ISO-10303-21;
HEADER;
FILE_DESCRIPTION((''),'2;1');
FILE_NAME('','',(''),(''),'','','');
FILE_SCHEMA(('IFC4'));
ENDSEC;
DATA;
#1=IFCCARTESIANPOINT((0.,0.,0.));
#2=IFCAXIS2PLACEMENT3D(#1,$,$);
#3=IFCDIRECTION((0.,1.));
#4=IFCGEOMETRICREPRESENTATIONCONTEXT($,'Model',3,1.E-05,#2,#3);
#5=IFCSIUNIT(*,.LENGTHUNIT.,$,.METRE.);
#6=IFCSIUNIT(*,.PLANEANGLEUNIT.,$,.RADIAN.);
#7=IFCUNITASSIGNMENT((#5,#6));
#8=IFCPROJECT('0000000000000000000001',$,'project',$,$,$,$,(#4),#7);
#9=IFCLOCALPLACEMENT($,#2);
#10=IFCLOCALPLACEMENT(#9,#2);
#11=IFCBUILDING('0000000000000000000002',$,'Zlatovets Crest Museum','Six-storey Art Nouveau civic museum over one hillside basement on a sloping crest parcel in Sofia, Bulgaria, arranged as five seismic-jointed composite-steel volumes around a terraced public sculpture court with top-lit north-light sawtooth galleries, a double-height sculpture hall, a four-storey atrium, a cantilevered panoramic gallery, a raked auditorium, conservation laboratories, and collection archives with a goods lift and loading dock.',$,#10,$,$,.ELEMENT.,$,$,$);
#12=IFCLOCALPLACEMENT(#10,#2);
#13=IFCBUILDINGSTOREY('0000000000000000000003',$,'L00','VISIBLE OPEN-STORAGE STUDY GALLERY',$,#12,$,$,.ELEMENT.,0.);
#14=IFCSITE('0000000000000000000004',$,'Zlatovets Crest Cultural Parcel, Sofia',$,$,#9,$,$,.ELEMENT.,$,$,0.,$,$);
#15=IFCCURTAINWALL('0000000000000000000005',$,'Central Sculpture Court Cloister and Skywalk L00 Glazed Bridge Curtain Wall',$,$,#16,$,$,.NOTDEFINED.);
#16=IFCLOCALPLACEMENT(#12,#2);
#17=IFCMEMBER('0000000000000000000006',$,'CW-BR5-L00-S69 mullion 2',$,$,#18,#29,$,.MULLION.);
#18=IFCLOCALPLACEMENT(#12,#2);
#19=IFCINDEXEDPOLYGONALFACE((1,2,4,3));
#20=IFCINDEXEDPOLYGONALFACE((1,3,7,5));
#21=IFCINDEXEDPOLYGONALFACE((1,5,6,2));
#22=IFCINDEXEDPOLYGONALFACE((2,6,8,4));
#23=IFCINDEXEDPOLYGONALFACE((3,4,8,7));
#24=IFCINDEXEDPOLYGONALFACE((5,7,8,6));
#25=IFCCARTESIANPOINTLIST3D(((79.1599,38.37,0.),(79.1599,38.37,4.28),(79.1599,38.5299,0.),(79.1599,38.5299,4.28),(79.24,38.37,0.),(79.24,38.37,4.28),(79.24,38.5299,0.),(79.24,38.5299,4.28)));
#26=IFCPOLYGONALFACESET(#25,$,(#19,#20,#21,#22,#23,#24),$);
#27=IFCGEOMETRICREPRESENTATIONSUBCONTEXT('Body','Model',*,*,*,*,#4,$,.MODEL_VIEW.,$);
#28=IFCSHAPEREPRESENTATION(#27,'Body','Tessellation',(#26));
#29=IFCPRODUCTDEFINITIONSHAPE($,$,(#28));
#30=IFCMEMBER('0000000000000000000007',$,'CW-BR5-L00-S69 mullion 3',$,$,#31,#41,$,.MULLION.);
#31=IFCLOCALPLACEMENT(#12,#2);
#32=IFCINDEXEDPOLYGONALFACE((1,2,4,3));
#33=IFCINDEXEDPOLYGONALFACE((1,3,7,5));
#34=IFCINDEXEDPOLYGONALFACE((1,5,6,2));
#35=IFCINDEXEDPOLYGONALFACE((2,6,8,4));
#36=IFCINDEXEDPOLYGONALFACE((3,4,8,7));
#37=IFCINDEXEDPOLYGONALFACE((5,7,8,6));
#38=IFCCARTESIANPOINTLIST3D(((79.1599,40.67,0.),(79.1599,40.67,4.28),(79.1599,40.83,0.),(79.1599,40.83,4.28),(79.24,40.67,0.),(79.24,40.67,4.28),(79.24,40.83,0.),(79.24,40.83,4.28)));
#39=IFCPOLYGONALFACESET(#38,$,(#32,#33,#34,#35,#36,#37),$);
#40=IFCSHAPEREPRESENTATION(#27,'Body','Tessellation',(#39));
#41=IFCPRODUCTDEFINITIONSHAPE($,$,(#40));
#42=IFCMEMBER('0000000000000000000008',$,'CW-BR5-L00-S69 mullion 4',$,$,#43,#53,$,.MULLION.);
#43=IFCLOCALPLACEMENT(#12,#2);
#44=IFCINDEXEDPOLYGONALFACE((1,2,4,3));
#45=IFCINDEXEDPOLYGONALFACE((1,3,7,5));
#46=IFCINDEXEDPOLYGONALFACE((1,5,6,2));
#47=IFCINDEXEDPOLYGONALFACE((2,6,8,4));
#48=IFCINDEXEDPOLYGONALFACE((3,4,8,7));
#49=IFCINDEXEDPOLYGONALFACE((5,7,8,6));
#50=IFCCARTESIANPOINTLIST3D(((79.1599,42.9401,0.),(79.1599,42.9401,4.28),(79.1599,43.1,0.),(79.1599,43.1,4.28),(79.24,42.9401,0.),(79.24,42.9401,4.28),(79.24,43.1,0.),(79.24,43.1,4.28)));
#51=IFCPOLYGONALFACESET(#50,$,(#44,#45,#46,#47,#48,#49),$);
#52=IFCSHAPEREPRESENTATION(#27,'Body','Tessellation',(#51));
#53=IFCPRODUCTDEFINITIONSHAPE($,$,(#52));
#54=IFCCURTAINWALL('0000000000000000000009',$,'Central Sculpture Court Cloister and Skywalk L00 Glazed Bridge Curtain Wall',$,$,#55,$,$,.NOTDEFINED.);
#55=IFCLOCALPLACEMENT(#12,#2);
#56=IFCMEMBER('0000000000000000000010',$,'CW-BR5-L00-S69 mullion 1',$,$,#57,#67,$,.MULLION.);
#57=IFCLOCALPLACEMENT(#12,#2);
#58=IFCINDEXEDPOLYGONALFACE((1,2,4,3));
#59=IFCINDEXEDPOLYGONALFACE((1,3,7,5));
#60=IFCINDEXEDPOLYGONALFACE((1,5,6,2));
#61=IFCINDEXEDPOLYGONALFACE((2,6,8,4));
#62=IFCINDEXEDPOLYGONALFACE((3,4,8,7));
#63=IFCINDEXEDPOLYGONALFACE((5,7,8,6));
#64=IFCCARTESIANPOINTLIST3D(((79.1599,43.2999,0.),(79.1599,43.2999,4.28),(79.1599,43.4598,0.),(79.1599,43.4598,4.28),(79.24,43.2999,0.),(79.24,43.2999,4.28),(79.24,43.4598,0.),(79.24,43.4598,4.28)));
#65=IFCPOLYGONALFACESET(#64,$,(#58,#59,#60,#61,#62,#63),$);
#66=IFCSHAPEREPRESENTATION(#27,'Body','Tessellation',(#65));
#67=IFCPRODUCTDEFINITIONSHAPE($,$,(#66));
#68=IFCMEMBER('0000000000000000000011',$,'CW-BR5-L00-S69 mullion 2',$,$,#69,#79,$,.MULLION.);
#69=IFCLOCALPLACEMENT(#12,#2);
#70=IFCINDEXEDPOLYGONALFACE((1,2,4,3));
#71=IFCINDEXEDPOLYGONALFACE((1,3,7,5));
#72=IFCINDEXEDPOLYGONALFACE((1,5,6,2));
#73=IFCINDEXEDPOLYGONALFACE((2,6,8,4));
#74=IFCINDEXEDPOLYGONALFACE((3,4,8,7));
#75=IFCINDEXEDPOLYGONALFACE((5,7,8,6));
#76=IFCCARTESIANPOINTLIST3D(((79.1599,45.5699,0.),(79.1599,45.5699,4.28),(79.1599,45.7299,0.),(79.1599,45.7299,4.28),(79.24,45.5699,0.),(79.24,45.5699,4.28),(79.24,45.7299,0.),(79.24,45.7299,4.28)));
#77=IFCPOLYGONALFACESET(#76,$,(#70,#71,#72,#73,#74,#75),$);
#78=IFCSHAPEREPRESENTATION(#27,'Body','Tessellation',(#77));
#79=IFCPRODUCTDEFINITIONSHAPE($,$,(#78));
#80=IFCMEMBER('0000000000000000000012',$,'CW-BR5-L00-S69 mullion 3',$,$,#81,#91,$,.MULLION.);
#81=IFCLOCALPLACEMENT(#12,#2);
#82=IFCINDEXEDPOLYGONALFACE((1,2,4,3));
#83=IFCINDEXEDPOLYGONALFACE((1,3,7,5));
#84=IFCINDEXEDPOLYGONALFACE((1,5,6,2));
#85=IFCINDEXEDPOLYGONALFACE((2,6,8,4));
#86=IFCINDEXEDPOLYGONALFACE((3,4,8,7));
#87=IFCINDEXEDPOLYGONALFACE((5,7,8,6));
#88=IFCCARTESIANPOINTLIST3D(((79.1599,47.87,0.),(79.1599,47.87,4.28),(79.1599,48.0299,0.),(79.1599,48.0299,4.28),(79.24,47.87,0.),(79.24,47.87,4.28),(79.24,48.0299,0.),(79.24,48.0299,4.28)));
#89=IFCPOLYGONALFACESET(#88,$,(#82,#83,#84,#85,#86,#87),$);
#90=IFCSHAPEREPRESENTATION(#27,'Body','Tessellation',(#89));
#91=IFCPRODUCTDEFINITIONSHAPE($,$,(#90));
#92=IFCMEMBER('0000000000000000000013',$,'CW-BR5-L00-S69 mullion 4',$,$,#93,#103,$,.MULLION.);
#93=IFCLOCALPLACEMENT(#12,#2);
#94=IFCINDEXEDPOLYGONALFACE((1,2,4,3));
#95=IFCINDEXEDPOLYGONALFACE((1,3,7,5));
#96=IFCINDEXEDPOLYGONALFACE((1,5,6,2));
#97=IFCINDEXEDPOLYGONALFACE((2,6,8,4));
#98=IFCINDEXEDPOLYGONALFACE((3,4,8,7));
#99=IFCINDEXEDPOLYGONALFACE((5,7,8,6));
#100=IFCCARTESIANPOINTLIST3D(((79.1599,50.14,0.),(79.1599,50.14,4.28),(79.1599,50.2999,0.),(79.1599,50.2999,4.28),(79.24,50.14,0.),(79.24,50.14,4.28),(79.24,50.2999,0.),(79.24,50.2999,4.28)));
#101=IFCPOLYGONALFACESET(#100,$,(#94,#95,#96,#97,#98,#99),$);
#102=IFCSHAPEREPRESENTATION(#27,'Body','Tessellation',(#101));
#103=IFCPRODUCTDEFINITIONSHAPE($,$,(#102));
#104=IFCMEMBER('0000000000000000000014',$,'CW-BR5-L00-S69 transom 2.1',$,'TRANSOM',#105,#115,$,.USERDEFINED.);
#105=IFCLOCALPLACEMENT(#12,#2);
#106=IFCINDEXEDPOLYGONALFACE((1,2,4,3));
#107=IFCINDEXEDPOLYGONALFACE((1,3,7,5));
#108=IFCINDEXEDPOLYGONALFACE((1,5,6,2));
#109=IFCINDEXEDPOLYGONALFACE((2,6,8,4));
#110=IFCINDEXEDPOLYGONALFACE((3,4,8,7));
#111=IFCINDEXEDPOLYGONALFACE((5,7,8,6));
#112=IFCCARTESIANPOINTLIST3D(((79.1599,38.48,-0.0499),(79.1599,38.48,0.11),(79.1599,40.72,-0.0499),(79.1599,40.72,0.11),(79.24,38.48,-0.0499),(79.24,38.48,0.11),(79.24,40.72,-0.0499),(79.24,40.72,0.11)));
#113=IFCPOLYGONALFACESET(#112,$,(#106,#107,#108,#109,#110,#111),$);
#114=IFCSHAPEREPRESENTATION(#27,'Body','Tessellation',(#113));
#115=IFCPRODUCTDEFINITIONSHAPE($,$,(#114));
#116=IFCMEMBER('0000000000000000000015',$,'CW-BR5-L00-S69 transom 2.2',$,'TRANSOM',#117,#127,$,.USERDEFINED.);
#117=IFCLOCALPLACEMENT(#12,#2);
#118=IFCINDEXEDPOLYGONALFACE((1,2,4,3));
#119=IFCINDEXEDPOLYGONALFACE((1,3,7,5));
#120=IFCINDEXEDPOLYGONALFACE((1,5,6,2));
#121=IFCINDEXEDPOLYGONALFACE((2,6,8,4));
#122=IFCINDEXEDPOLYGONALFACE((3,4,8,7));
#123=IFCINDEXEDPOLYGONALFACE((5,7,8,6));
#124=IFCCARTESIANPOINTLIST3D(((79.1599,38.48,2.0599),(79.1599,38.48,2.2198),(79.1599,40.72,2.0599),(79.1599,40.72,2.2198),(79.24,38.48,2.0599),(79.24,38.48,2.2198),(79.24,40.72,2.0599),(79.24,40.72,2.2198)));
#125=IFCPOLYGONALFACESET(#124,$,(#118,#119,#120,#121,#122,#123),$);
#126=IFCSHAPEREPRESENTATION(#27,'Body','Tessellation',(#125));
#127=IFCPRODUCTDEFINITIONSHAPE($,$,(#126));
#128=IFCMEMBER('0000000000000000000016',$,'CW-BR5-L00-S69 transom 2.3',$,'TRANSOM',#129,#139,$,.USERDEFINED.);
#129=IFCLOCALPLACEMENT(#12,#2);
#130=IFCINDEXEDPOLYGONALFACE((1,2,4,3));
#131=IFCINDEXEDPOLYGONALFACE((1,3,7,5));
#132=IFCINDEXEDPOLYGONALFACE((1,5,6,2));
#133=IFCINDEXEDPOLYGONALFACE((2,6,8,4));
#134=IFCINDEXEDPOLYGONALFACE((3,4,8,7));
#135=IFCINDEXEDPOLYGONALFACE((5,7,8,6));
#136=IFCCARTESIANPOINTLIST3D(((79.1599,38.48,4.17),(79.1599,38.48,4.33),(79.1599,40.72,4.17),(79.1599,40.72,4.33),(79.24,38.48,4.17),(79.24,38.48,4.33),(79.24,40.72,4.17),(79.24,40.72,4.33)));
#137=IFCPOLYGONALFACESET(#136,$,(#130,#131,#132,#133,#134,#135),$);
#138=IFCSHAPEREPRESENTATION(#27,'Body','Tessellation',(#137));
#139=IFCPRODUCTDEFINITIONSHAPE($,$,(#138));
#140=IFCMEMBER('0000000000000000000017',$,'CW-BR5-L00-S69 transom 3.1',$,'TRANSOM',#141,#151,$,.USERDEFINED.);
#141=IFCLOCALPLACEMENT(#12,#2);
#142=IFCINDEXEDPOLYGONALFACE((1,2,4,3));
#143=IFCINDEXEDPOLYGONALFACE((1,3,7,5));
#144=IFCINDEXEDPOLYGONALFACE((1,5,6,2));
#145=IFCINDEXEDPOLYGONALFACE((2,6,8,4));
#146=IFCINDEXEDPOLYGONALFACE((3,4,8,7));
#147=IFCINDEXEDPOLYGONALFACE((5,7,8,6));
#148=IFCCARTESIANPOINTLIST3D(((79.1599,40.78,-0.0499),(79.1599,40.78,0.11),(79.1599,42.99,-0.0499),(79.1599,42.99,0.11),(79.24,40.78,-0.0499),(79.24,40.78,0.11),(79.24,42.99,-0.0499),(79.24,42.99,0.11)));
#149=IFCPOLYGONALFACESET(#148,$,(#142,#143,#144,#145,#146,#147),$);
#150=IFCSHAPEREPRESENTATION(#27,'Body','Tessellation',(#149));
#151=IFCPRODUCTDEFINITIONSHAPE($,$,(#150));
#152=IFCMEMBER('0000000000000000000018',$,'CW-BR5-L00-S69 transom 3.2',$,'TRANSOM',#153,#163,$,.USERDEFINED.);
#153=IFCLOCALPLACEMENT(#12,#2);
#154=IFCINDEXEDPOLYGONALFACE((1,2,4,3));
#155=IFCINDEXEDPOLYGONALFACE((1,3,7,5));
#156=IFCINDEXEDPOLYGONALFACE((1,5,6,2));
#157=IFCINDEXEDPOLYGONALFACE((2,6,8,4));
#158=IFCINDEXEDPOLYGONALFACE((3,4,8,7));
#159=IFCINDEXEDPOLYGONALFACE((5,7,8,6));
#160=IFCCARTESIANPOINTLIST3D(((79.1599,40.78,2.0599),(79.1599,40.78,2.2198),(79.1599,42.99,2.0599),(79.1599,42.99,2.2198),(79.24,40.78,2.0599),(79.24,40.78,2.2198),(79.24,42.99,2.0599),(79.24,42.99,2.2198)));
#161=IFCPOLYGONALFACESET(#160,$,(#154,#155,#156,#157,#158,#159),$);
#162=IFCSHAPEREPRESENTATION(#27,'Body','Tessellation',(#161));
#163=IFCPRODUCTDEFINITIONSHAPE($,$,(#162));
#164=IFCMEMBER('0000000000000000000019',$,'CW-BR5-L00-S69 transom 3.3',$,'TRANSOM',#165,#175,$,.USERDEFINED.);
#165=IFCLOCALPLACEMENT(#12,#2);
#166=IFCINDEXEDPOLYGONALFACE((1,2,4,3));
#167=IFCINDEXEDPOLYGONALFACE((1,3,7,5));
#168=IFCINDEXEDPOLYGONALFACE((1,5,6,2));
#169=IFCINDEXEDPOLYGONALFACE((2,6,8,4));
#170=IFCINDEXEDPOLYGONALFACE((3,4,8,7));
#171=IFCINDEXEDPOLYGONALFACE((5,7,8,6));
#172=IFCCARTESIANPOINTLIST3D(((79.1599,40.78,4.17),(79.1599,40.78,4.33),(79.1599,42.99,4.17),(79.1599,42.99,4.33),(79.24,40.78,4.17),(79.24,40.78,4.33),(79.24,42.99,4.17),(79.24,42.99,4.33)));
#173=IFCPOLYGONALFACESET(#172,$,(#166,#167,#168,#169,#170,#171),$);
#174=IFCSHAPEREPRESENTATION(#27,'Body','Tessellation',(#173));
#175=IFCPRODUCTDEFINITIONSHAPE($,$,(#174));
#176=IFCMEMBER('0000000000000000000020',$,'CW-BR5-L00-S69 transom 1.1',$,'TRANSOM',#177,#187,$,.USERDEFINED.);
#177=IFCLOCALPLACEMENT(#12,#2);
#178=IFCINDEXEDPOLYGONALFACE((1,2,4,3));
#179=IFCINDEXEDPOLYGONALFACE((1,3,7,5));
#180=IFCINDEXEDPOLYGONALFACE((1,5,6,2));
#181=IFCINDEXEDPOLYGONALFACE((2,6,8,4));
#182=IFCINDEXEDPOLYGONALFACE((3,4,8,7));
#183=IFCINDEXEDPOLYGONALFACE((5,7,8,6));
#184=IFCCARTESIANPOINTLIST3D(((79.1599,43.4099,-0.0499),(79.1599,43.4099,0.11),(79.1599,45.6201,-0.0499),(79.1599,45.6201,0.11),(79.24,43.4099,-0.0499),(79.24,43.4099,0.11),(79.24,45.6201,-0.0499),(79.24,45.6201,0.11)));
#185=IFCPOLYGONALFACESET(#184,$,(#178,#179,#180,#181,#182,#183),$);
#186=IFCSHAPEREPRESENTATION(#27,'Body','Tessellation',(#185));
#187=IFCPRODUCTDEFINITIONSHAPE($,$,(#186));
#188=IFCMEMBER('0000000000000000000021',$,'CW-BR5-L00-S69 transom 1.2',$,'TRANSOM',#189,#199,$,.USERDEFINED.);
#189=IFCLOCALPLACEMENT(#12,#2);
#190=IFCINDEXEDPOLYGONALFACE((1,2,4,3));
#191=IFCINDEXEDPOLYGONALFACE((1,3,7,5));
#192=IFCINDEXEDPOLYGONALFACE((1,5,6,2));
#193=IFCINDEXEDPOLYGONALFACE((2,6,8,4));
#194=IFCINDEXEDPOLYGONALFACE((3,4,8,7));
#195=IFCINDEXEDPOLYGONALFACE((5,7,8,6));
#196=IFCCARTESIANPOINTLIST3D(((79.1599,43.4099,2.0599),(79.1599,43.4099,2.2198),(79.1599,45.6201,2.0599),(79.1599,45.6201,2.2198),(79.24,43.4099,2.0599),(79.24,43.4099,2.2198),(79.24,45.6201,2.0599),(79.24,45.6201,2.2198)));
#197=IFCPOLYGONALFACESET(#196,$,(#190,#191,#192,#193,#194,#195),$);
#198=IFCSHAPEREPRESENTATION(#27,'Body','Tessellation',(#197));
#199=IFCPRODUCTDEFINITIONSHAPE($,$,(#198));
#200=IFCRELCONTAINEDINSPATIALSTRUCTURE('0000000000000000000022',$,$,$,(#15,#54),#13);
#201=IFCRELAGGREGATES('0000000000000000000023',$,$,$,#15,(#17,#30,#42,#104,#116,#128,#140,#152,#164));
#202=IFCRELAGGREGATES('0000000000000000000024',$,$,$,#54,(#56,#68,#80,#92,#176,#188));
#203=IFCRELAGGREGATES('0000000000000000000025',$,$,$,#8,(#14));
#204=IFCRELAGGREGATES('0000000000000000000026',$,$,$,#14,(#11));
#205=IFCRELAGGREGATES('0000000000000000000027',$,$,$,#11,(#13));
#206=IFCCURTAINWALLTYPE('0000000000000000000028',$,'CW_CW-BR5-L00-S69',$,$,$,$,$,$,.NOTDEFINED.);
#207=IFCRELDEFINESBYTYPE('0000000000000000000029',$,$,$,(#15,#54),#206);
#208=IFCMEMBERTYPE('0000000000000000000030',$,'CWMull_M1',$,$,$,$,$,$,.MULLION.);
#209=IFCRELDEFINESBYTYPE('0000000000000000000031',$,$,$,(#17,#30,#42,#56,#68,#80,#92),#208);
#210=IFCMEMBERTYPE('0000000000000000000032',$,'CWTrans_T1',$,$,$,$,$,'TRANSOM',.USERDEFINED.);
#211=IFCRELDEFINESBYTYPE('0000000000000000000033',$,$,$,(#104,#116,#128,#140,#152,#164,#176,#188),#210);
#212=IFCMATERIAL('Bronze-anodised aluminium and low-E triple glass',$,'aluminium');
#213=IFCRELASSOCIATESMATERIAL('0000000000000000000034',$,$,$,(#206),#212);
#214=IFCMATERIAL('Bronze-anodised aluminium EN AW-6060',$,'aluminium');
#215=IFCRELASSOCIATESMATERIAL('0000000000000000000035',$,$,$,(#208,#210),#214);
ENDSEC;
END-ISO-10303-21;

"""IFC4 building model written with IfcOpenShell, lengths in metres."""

from ifc_helpers import new_model, si_unit, direction, frame, origin, origin_2d, place, context, subcontext, project, spatial, rectangle, extrude, material, material_profile, profile_set, type_object, element, aggregate, save


model = new_model("IFC4")

# Units and contexts
model_context = context("Model", 3, precision=1e-05, world=origin(), true_north=direction((0.0, 1.0)))
body_context = subcontext(model_context, "Body", "Model", "MODEL_VIEW")
ifc_project = project(units=[si_unit("LENGTHUNIT", "METRE"), si_unit("PLANEANGLEUNIT", "RADIAN")], contexts=[model_context])

# Site, building, storey
site_placement = place(None, origin())
site = spatial("IfcSite", under=ifc_project, at=site_placement, Name="Zlatovets Crest Cultural Parcel, Sofia", CompositionType="ELEMENT", RefElevation=0.0)
building_placement = place(site_placement, origin())
building = spatial("IfcBuilding", under=site, at=building_placement, Name="Zlatovets Crest Museum", Description="Six-storey Art Nouveau civic museum over one hillside basement on a sloping crest parcel in Sofia, Bulgaria, arranged as five seismic-jointed composite-steel volumes around a terraced public sculpture court with top-lit north-light sawtooth galleries, a double-height sculpture hall, a four-storey atrium, a cantilevered panoramic gallery, a raked auditorium, conservation laboratories, and collection archives with a goods lift and loading dock.", CompositionType="ELEMENT")
storey_placement = place(building_placement, origin())
storey = spatial("IfcBuildingStorey", under=building, at=storey_placement, Name="L00", Description="VISIBLE OPEN-STORAGE STUDY GALLERY", CompositionType="ELEMENT", Elevation=0.0)

# Curtain walls, members
ifc_material_1 = material(Name="Bronze-anodised aluminium and low-E triple glass", Category="aluminium")
curtain_wall_type = type_object("IfcCurtainWallType", Name="CW_CW-BR5-L00-S69", PredefinedType="NOTDEFINED", material=ifc_material_1)
curtain_wall_1_placement = place(storey_placement, origin())
curtain_wall_1 = element("IfcCurtainWall", 1, at=curtain_wall_1_placement, inside=storey, type_object=curtain_wall_type, Name="Central Sculpture Court Cloister and Skywalk L00 Glazed Bridge Curtain Wall", PredefinedType="NOTDEFINED")
ifc_material_2 = material(Name="Bronze-anodised aluminium EN AW-6060", Category="aluminium")
ifc_material_profile_1 = material_profile(ifc_material_2, rectangle(XDim=0.0801, YDim=0.1599, at=origin_2d()), Name="ALU 80x160")
ifc_profile_set_1 = profile_set([ifc_material_profile_1], Name="Bronze-anodised aluminium EN AW-6060")
member_type_1 = type_object("IfcMemberType", Name="CWMull_M1", PredefinedType="MULLION", material=ifc_profile_set_1)
member_1_placement = place(storey_placement, frame((79.2, 38.45, 0.0), z_axis=(0.0, 0.0, 1.0), x_axis=(-1.0, 0.0, 0.0)))
member_1 = element("IfcMember", 2, at=member_1_placement, type_object=member_type_1, Name="CW-BR5-L00-S69 mullion 2", PredefinedType="MULLION", context=body_context, shape_type="SweptSolid", body=[
    extrude(rectangle(XDim=0.0801, YDim=0.1599, at=origin_2d()), origin(), (0.0, 0.0, 1.0), 4.28),
])
member_2_placement = place(storey_placement, frame((79.2, 40.75, 0.0), z_axis=(0.0, 0.0, 1.0), x_axis=(-1.0, 0.0, 0.0)))
member_2 = element("IfcMember", 3, at=member_2_placement, type_object=member_type_1, Name="CW-BR5-L00-S69 mullion 3", PredefinedType="MULLION", context=body_context, shape_type="SweptSolid", body=[
    extrude(rectangle(XDim=0.0801, YDim=0.1599, at=origin_2d()), origin(), (0.0, 0.0, 1.0), 4.28),
])
member_3_placement = place(storey_placement, frame((79.2, 43.02, 0.0), z_axis=(0.0, 0.0, 1.0), x_axis=(-1.0, 0.0, 0.0)))
member_3 = element("IfcMember", 4, at=member_3_placement, type_object=member_type_1, Name="CW-BR5-L00-S69 mullion 4", PredefinedType="MULLION", context=body_context, shape_type="SweptSolid", body=[
    extrude(rectangle(XDim=0.0801, YDim=0.1599, at=origin_2d()), origin(), (0.0, 0.0, 1.0), 4.28),
])
curtain_wall_2_placement = place(storey_placement, origin())
curtain_wall_2 = element("IfcCurtainWall", 5, at=curtain_wall_2_placement, inside=storey, type_object=curtain_wall_type, Name="Central Sculpture Court Cloister and Skywalk L00 Glazed Bridge Curtain Wall", PredefinedType="NOTDEFINED")
member_4_placement = place(storey_placement, frame((79.2, 43.3799, 0.0), z_axis=(0.0, 0.0, 1.0), x_axis=(-1.0, 0.0, 0.0)))
member_4 = element("IfcMember", 6, at=member_4_placement, type_object=member_type_1, Name="CW-BR5-L00-S69 mullion 1", PredefinedType="MULLION", context=body_context, shape_type="SweptSolid", body=[
    extrude(rectangle(XDim=0.0801, YDim=0.1599, at=origin_2d()), origin(), (0.0, 0.0, 1.0), 4.28),
])
member_5_placement = place(storey_placement, frame((79.2, 45.6499, 0.0), z_axis=(0.0, 0.0, 1.0), x_axis=(-1.0, 0.0, 0.0)))
member_5 = element("IfcMember", 7, at=member_5_placement, type_object=member_type_1, Name="CW-BR5-L00-S69 mullion 2", PredefinedType="MULLION", context=body_context, shape_type="SweptSolid", body=[
    extrude(rectangle(XDim=0.0801, YDim=0.1599, at=origin_2d()), origin(), (0.0, 0.0, 1.0), 4.28),
])
member_6_placement = place(storey_placement, frame((79.2, 47.95, 0.0), z_axis=(0.0, 0.0, 1.0), x_axis=(-1.0, 0.0, 0.0)))
member_6 = element("IfcMember", 8, at=member_6_placement, type_object=member_type_1, Name="CW-BR5-L00-S69 mullion 3", PredefinedType="MULLION", context=body_context, shape_type="SweptSolid", body=[
    extrude(rectangle(XDim=0.0801, YDim=0.1599, at=origin_2d()), origin(), (0.0, 0.0, 1.0), 4.28),
])
member_7_placement = place(storey_placement, frame((79.2, 50.22, 0.0), z_axis=(0.0, 0.0, 1.0), x_axis=(-1.0, 0.0, 0.0)))
member_7 = element("IfcMember", 9, at=member_7_placement, type_object=member_type_1, Name="CW-BR5-L00-S69 mullion 4", PredefinedType="MULLION", context=body_context, shape_type="SweptSolid", body=[
    extrude(rectangle(XDim=0.0801, YDim=0.1599, at=origin_2d()), origin(), (0.0, 0.0, 1.0), 4.28),
])

# Members
ifc_material_profile_2 = material_profile(ifc_material_2, rectangle(XDim=0.0801, YDim=0.1599, at=origin_2d()), Name="ALU 80x160")
ifc_profile_set_2 = profile_set([ifc_material_profile_2], Name="Bronze-anodised aluminium EN AW-6060")
member_type_2 = type_object("IfcMemberType", Name="CWTrans_T1", ElementType="TRANSOM", PredefinedType="USERDEFINED", material=ifc_profile_set_2)
member_8_placement = place(storey_placement, frame((79.2, 38.48, 0.03), z_axis=(0.0, 1.0, 0.0), x_axis=(-1.0, 0.0, 0.0)))
member_8 = element("IfcMember", 10, at=member_8_placement, type_object=member_type_2, Name="CW-BR5-L00-S69 transom 2.1", ObjectType="TRANSOM", PredefinedType="USERDEFINED", context=body_context, shape_type="SweptSolid", body=[
    extrude(rectangle(XDim=0.0801, YDim=0.1599, at=origin_2d()), origin(), (0.0, 0.0, 1.0), 2.24),
])
member_9_placement = place(storey_placement, frame((79.2, 38.48, 2.1399), z_axis=(0.0, 1.0, 0.0), x_axis=(-1.0, 0.0, 0.0)))
member_9 = element("IfcMember", 11, at=member_9_placement, type_object=member_type_2, Name="CW-BR5-L00-S69 transom 2.2", ObjectType="TRANSOM", PredefinedType="USERDEFINED", context=body_context, shape_type="SweptSolid", body=[
    extrude(rectangle(XDim=0.0801, YDim=0.1599, at=origin_2d()), origin(), (0.0, 0.0, 1.0), 2.24),
])
member_10_placement = place(storey_placement, frame((79.2, 38.48, 4.25), z_axis=(0.0, 1.0, 0.0), x_axis=(-1.0, 0.0, 0.0)))
member_10 = element("IfcMember", 12, at=member_10_placement, type_object=member_type_2, Name="CW-BR5-L00-S69 transom 2.3", ObjectType="TRANSOM", PredefinedType="USERDEFINED", context=body_context, shape_type="SweptSolid", body=[
    extrude(rectangle(XDim=0.0801, YDim=0.1599, at=origin_2d()), origin(), (0.0, 0.0, 1.0), 2.24),
])
member_11_placement = place(storey_placement, frame((79.2, 40.78, 0.03), z_axis=(0.0, 1.0, 0.0), x_axis=(-1.0, 0.0, 0.0)))
member_11 = element("IfcMember", 13, at=member_11_placement, type_object=member_type_2, Name="CW-BR5-L00-S69 transom 3.1", ObjectType="TRANSOM", PredefinedType="USERDEFINED", context=body_context, shape_type="SweptSolid", body=[
    extrude(rectangle(XDim=0.0801, YDim=0.1599, at=origin_2d()), origin(), (0.0, 0.0, 1.0), 2.21),
])
member_12_placement = place(storey_placement, frame((79.2, 40.78, 2.1399), z_axis=(0.0, 1.0, 0.0), x_axis=(-1.0, 0.0, 0.0)))
member_12 = element("IfcMember", 14, at=member_12_placement, type_object=member_type_2, Name="CW-BR5-L00-S69 transom 3.2", ObjectType="TRANSOM", PredefinedType="USERDEFINED", context=body_context, shape_type="SweptSolid", body=[
    extrude(rectangle(XDim=0.0801, YDim=0.1599, at=origin_2d()), origin(), (0.0, 0.0, 1.0), 2.21),
])
member_13_placement = place(storey_placement, frame((79.2, 40.78, 4.25), z_axis=(0.0, 1.0, 0.0), x_axis=(-1.0, 0.0, 0.0)))
member_13 = element("IfcMember", 15, at=member_13_placement, type_object=member_type_2, Name="CW-BR5-L00-S69 transom 3.3", ObjectType="TRANSOM", PredefinedType="USERDEFINED", context=body_context, shape_type="SweptSolid", body=[
    extrude(rectangle(XDim=0.0801, YDim=0.1599, at=origin_2d()), origin(), (0.0, 0.0, 1.0), 2.21),
])
member_14_placement = place(storey_placement, frame((79.2, 43.4099, 0.03), z_axis=(0.0, 1.0, 0.0), x_axis=(-1.0, 0.0, 0.0)))
member_14 = element("IfcMember", 16, at=member_14_placement, type_object=member_type_2, Name="CW-BR5-L00-S69 transom 1.1", ObjectType="TRANSOM", PredefinedType="USERDEFINED", context=body_context, shape_type="SweptSolid", body=[
    extrude(rectangle(XDim=0.0801, YDim=0.1599, at=origin_2d()), origin(), (0.0, 0.0, 1.0), 2.2102),
])
member_15_placement = place(storey_placement, frame((79.2, 43.4099, 2.1399), z_axis=(0.0, 1.0, 0.0), x_axis=(-1.0, 0.0, 0.0)))
member_15 = element("IfcMember", 17, at=member_15_placement, type_object=member_type_2, Name="CW-BR5-L00-S69 transom 1.2", ObjectType="TRANSOM", PredefinedType="USERDEFINED", context=body_context, shape_type="SweptSolid", body=[
    extrude(rectangle(XDim=0.0801, YDim=0.1599, at=origin_2d()), origin(), (0.0, 0.0, 1.0), 2.2102),
])

aggregate(curtain_wall_1, [member_1, member_2, member_3, member_8, member_9, member_10, member_11, member_12, member_13])
aggregate(curtain_wall_2, [member_4, member_5, member_6, member_7, member_14, member_15])

save(model, "model.ifc")
